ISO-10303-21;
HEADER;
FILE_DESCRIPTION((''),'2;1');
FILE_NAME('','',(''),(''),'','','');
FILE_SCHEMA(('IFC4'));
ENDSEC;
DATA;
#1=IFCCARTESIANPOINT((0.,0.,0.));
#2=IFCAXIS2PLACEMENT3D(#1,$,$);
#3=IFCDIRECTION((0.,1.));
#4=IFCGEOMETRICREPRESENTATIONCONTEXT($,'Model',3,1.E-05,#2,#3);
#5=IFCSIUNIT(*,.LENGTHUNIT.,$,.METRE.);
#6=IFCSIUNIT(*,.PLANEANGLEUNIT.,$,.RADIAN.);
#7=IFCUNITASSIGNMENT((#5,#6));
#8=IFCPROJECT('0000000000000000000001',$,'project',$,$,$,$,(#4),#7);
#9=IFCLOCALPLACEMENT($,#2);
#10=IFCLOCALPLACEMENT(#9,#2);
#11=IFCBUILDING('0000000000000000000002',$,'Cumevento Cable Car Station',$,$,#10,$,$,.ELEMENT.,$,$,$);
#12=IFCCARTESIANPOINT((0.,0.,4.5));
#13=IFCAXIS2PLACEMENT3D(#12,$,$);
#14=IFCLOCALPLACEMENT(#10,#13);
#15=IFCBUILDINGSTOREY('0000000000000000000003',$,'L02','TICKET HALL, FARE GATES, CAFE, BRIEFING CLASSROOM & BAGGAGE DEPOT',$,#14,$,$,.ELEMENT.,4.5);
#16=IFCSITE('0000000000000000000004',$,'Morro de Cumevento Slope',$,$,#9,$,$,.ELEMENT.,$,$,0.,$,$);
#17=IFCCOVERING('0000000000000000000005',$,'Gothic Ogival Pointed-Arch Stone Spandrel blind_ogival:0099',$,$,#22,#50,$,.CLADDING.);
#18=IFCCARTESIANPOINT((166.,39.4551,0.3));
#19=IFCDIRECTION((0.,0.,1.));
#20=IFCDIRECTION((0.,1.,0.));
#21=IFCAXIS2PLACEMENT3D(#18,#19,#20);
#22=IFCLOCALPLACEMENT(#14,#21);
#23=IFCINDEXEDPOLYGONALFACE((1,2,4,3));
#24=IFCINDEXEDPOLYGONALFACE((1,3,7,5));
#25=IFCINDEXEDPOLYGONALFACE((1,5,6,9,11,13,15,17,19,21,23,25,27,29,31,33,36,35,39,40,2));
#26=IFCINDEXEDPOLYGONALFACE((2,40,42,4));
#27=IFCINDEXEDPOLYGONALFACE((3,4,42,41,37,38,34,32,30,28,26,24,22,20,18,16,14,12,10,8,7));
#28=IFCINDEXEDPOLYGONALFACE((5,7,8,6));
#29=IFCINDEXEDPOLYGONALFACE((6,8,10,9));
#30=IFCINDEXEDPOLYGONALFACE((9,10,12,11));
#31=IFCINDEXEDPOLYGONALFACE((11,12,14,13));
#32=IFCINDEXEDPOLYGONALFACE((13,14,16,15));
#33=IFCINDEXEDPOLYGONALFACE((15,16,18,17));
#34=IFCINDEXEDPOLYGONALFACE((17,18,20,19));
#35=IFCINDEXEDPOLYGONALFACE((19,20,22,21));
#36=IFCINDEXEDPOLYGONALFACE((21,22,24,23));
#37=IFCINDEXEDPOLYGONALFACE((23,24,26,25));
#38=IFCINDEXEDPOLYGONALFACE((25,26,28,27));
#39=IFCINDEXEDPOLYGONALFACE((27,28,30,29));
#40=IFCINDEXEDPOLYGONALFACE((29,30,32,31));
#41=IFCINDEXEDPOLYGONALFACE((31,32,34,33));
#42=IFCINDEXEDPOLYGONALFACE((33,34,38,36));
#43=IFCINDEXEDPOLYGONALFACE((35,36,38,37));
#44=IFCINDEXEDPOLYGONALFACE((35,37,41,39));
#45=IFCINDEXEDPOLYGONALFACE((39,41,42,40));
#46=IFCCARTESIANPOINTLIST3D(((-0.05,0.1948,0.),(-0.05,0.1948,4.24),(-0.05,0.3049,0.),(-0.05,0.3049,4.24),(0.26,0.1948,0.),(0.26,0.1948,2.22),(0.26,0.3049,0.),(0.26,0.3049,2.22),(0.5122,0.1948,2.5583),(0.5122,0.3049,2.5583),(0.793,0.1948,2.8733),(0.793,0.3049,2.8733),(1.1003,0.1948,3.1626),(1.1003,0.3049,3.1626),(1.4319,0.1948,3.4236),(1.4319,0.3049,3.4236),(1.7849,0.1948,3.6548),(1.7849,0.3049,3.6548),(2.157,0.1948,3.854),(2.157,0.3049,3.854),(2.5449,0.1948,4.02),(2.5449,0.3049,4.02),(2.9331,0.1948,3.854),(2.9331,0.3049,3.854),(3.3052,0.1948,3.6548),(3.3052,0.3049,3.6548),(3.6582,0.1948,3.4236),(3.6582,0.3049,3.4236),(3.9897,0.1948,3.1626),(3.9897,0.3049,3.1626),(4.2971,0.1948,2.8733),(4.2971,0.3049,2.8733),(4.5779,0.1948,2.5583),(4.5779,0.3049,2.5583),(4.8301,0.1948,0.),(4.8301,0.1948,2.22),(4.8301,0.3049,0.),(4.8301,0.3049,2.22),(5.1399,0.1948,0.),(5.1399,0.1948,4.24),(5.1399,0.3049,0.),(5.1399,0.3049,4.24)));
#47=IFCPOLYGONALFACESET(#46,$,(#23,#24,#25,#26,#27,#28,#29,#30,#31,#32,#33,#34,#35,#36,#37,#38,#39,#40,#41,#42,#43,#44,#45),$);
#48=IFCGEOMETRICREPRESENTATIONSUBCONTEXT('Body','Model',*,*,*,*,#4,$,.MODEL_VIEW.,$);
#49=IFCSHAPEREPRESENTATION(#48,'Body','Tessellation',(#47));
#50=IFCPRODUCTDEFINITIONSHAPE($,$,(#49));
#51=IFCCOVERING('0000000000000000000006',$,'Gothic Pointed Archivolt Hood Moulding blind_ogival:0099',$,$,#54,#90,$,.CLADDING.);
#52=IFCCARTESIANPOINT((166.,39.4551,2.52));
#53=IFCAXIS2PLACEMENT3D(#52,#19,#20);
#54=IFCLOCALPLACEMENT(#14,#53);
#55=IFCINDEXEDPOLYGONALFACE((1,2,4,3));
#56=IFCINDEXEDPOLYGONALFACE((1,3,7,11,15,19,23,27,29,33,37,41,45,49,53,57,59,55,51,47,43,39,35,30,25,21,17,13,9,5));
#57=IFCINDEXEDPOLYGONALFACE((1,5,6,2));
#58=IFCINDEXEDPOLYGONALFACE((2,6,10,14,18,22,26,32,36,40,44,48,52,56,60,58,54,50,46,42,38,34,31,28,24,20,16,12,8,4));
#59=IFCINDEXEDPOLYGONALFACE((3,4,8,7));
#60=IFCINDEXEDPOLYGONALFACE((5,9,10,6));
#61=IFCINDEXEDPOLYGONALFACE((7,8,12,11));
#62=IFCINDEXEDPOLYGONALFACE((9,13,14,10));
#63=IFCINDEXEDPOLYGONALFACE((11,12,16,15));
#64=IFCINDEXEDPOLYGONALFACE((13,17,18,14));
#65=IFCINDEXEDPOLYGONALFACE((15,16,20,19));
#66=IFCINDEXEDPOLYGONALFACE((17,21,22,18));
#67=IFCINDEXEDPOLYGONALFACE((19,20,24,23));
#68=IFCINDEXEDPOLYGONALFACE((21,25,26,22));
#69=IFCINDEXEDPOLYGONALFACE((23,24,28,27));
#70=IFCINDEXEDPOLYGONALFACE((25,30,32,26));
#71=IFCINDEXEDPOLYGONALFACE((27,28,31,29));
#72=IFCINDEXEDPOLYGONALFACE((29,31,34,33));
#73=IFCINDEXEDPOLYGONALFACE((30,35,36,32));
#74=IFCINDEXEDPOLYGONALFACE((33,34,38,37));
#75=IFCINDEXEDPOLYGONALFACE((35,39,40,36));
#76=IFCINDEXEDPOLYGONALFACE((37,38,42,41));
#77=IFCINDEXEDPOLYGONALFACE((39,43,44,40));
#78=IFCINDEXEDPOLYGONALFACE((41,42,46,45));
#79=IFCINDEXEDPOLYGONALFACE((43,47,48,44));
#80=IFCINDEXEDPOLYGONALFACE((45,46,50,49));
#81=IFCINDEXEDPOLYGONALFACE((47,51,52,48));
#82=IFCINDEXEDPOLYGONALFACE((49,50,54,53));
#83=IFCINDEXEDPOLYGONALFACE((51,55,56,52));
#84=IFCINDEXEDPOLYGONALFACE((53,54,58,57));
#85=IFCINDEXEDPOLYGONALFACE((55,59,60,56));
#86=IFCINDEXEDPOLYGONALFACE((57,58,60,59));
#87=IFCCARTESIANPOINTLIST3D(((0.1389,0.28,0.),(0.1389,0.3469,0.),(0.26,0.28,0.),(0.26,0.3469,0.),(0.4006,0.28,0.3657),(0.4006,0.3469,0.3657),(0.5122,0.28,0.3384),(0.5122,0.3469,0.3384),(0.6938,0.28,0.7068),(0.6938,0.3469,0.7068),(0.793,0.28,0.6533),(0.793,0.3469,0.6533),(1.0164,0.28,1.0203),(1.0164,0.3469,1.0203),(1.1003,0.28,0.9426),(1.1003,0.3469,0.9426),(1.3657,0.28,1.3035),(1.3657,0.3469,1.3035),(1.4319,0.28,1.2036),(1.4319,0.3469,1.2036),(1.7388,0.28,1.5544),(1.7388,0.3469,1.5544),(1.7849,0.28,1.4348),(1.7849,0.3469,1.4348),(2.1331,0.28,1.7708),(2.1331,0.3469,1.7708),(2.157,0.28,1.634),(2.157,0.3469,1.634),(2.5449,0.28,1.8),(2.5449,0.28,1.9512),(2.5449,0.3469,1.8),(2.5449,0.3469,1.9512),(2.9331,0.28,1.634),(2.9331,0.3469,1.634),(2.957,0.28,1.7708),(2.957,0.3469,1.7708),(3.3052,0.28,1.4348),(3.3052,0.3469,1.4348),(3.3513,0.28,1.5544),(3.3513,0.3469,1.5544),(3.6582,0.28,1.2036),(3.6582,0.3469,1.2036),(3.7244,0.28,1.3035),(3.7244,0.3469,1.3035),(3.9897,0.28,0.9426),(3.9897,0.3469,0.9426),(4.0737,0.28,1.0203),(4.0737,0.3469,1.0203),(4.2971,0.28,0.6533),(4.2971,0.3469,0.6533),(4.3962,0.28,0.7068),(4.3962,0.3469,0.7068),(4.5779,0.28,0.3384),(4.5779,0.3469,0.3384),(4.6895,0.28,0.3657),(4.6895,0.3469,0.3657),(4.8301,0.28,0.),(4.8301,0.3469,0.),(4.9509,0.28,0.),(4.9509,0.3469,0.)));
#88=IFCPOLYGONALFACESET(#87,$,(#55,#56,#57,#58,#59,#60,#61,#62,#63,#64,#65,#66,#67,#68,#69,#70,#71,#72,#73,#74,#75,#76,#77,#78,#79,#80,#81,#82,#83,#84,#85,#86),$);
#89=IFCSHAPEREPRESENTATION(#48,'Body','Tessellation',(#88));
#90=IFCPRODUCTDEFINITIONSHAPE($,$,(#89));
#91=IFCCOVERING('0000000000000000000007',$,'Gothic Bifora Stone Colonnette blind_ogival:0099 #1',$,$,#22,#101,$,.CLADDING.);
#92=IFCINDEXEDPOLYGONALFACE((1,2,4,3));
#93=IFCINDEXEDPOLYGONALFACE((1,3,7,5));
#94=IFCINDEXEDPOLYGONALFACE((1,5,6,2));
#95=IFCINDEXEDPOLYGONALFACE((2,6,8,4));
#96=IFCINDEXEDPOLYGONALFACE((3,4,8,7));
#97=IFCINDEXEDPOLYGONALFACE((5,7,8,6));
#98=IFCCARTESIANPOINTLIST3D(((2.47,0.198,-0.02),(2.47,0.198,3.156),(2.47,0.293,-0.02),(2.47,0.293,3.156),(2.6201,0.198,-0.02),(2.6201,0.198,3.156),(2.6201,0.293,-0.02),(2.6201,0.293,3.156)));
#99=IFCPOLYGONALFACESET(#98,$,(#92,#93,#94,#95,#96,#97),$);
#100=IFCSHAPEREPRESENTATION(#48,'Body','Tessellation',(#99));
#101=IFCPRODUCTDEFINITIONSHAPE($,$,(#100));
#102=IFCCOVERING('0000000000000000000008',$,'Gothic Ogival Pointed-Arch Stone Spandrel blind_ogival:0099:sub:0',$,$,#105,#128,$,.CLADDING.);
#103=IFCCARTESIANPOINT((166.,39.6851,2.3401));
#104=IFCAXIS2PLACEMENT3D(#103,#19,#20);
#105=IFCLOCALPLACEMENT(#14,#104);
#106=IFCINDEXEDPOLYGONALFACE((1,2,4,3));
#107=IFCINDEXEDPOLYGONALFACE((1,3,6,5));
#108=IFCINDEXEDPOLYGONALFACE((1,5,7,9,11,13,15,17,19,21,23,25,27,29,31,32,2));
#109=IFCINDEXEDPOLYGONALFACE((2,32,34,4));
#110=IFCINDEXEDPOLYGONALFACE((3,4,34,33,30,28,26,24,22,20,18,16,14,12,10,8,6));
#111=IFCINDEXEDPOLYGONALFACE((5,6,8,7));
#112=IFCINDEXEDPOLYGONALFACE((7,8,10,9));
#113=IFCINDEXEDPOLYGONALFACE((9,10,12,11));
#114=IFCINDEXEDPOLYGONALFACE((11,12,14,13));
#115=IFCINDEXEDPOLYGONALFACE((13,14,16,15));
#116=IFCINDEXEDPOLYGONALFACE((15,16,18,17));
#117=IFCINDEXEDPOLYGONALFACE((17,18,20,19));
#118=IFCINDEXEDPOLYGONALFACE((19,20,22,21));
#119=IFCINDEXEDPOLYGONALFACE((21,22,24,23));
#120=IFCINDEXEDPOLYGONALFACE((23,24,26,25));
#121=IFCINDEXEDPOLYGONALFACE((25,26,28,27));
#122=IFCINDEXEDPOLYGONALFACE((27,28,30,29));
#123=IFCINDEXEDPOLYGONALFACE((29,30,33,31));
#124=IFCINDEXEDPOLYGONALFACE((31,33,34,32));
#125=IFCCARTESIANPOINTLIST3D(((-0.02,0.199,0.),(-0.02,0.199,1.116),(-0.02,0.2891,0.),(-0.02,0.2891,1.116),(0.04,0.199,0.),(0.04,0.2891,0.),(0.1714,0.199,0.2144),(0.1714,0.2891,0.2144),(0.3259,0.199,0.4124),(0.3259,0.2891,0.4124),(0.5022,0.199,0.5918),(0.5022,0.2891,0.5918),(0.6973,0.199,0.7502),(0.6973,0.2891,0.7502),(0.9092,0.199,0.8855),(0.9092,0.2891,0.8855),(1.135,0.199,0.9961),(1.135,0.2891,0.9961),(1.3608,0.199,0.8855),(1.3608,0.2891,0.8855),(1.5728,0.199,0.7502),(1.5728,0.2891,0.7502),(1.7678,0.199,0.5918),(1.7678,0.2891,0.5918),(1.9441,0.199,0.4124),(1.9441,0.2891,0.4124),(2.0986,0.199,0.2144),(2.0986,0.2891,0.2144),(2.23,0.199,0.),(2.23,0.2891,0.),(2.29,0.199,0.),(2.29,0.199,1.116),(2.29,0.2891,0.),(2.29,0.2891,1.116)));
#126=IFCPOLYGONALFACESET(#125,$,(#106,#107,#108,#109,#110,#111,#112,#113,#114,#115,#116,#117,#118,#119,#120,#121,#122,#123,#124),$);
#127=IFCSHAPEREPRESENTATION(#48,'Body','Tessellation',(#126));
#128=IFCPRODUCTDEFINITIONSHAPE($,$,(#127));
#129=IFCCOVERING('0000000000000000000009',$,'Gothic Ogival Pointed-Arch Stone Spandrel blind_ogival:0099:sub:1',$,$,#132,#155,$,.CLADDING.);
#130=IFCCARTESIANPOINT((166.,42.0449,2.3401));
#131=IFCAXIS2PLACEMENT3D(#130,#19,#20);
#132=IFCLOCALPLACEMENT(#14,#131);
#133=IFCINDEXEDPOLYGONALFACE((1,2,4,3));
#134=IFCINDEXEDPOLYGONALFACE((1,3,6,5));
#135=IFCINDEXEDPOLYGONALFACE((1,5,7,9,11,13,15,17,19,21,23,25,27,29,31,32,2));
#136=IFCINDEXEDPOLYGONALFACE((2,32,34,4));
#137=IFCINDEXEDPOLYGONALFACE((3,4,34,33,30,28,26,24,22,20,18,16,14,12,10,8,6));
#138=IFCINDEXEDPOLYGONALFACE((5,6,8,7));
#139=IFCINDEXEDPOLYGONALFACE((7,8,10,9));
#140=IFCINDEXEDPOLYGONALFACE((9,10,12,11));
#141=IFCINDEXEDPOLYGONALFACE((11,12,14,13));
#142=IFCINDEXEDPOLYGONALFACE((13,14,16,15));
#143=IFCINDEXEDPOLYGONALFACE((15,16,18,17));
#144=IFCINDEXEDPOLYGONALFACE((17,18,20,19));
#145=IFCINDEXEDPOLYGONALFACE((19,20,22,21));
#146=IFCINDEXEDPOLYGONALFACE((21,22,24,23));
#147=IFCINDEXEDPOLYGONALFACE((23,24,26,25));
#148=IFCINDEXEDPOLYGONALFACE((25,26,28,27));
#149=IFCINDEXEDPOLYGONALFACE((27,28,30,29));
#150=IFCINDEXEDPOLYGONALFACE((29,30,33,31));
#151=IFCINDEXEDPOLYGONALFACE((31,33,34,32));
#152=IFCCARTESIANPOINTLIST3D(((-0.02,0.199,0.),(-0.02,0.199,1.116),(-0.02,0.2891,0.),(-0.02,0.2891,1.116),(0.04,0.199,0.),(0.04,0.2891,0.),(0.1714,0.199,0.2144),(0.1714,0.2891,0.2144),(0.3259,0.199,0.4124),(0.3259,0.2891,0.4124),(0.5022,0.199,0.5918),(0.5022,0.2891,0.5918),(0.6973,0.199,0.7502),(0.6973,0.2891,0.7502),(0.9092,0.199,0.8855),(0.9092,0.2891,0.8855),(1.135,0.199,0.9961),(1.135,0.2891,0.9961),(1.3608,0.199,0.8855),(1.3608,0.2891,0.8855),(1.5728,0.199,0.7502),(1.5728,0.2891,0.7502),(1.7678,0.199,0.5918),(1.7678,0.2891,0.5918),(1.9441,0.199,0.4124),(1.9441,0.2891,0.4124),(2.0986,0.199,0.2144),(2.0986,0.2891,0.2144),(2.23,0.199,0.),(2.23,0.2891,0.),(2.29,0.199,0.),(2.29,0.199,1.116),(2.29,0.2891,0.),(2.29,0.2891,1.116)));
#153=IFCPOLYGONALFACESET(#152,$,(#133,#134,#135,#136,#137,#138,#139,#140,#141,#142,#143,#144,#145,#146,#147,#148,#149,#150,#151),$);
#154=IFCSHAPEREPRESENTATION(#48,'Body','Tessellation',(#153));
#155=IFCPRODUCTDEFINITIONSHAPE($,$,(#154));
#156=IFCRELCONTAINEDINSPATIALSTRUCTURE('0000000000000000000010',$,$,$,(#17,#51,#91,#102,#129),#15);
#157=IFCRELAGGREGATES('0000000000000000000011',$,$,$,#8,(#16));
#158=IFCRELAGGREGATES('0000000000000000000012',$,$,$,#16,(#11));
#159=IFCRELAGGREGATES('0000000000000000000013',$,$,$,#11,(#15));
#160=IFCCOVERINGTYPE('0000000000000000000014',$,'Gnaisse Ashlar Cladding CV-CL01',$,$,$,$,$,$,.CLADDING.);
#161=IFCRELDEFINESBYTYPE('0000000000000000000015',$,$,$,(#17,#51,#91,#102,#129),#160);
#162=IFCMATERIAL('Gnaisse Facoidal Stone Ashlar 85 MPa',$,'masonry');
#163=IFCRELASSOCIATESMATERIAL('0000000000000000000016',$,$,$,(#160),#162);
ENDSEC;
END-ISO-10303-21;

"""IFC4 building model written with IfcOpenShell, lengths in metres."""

from ifc_helpers import new_model, si_unit, direction, frame, origin, place, context, subcontext, project, spatial, polyline, outline, extrude, material, type_object, element, save


model = new_model("IFC4")

# Units and contexts
model_context = context("Model", 3, precision=1e-05, world=origin(), true_north=direction((0.0, 1.0)))
body_context = subcontext(model_context, "Body", "Model", "MODEL_VIEW")
ifc_project = project(units=[si_unit("LENGTHUNIT", "METRE"), si_unit("PLANEANGLEUNIT", "RADIAN")], contexts=[model_context])

# Site, building, storey
site_placement = place(None, origin())
site = spatial("IfcSite", under=ifc_project, at=site_placement, Name="Morro de Cumevento Slope", CompositionType="ELEMENT", RefElevation=0.0)
building_placement = place(site_placement, origin())
building = spatial("IfcBuilding", under=site, at=building_placement, Name="Cumevento Cable Car Station", CompositionType="ELEMENT")
storey_placement = place(building_placement, frame((0.0, 0.0, 4.5)))
storey = spatial("IfcBuildingStorey", under=building, at=storey_placement, Name="L02", Description="TICKET HALL, FARE GATES, CAFE, BRIEFING CLASSROOM & BAGGAGE DEPOT", CompositionType="ELEMENT", Elevation=4.5)

# Coverings
ifc_material_1 = material(Name="Gnaisse Facoidal Stone Ashlar 85 MPa", Category="masonry")
covering_type = type_object("IfcCoveringType", Name="Gnaisse Ashlar Cladding CV-CL01", PredefinedType="CLADDING", material=ifc_material_1)
placement_1 = place(storey_placement, frame((166.0, 39.4551, 0.3), z_axis=(0.0, 0.0, 1.0), x_axis=(0.0, 1.0, 0.0)))
element("IfcCovering", 1, at=placement_1, inside=storey, type_object=covering_type, Name="Gothic Ogival Pointed-Arch Stone Spandrel blind_ogival:0099", PredefinedType="CLADDING", context=body_context, shape_type="SweptSolid", body=[
    extrude(outline(polyline([(-0.05, 0.0), (-0.05, 4.24), (5.1399, 4.24), (5.1399, 0.0), (4.8301, 0.0), (4.8301, 2.22), (4.5779, 2.5583), (4.2971, 2.8733), (3.9897, 3.1626), (3.6582, 3.4236), (3.3052, 3.6548), (2.9331, 3.854), (2.5449, 4.02), (2.157, 3.854), (1.7849, 3.6548), (1.4319, 3.4236), (1.1003, 3.1626), (0.793, 2.8733), (0.5122, 2.5583), (0.26, 2.22), (0.26, 0.0), (-0.05, 0.0)])), frame((0.0, 0.3049, 0.0), z_axis=(0.0, -1.0, 0.0), x_axis=(1.0, 0.0, 0.0)), (0.0, 0.0, 1.0), 0.1101),
])
covering_1_placement = place(storey_placement, frame((166.0, 39.4551, 2.52), z_axis=(0.0, 0.0, 1.0), x_axis=(0.0, 1.0, 0.0)))
element("IfcCovering", 2, at=covering_1_placement, inside=storey, type_object=covering_type, Name="Gothic Pointed Archivolt Hood Moulding blind_ogival:0099", PredefinedType="CLADDING", context=body_context, shape_type="SweptSolid", body=[
    extrude(outline(polyline([(0.26, 0.0), (0.5122, 0.3384), (0.793, 0.6533), (1.1003, 0.9426), (1.4319, 1.2036), (1.7849, 1.4348), (2.157, 1.634), (2.5449, 1.8), (2.9331, 1.634), (3.3052, 1.4348), (3.6582, 1.2036), (3.9897, 0.9426), (4.2971, 0.6533), (4.5779, 0.3384), (4.8301, 0.0), (4.9509, 0.0), (4.6895, 0.3657), (4.3962, 0.7068), (4.0737, 1.0203), (3.7244, 1.3035), (3.3513, 1.5544), (2.957, 1.7708), (2.5449, 1.9512), (2.1331, 1.7708), (1.7388, 1.5544), (1.3657, 1.3035), (1.0164, 1.0203), (0.6938, 0.7068), (0.4006, 0.3657), (0.1389, 0.0), (0.26, 0.0)])), frame((0.0, 0.3469, 0.0), z_axis=(0.0, -1.0, 0.0), x_axis=(1.0, 0.0, 0.0)), (0.0, 0.0, 1.0), 0.0669),
])
element("IfcCovering", 3, at=placement_1, inside=storey, type_object=covering_type, Name="Gothic Bifora Stone Colonnette blind_ogival:0099 #1", PredefinedType="CLADDING", context=body_context, shape_type="SweptSolid", body=[
    extrude(outline(polyline([(2.47, -0.02), (2.6201, -0.02), (2.6201, 3.156), (2.47, 3.156), (2.47, -0.02)])), frame((0.0, 0.293, 0.0), z_axis=(0.0, -1.0, 0.0), x_axis=(1.0, 0.0, 0.0)), (0.0, 0.0, 1.0), 0.095),
])
for number, where, z_axis, x_axis, name in (
    (4, (166.0, 39.6851, 2.3401), (0.0, 0.0, 1.0), (0.0, 1.0, 0.0), "Gothic Ogival Pointed-Arch Stone Spandrel blind_ogival:0099:sub:0"),
    (5, (166.0, 42.0449, 2.3401), (0.0, 0.0, 1.0), (0.0, 1.0, 0.0), "Gothic Ogival Pointed-Arch Stone Spandrel blind_ogival:0099:sub:1"),
):
    element("IfcCovering", number, at=place(storey_placement, frame(where, z_axis=z_axis, x_axis=x_axis)), inside=storey, type_object=covering_type, Name=name, PredefinedType="CLADDING", context=body_context, shape_type="SweptSolid", body=[
        extrude(outline(polyline([(-0.02, 0.0), (-0.02, 1.116), (2.29, 1.116), (2.29, 0.0), (2.23, 0.0), (2.0986, 0.2144), (1.9441, 0.4124), (1.7678, 0.5918), (1.5728, 0.7502), (1.3608, 0.8855), (1.135, 0.9961), (0.9092, 0.8855), (0.6973, 0.7502), (0.5022, 0.5918), (0.3259, 0.4124), (0.1714, 0.2144), (0.04, 0.0), (-0.02, 0.0)])), frame((0.0, 0.2891, 0.0), z_axis=(0.0, -1.0, 0.0), x_axis=(1.0, 0.0, 0.0)), (0.0, 0.0, 1.0), 0.0901),
    ])

save(model, "model.ifc")
